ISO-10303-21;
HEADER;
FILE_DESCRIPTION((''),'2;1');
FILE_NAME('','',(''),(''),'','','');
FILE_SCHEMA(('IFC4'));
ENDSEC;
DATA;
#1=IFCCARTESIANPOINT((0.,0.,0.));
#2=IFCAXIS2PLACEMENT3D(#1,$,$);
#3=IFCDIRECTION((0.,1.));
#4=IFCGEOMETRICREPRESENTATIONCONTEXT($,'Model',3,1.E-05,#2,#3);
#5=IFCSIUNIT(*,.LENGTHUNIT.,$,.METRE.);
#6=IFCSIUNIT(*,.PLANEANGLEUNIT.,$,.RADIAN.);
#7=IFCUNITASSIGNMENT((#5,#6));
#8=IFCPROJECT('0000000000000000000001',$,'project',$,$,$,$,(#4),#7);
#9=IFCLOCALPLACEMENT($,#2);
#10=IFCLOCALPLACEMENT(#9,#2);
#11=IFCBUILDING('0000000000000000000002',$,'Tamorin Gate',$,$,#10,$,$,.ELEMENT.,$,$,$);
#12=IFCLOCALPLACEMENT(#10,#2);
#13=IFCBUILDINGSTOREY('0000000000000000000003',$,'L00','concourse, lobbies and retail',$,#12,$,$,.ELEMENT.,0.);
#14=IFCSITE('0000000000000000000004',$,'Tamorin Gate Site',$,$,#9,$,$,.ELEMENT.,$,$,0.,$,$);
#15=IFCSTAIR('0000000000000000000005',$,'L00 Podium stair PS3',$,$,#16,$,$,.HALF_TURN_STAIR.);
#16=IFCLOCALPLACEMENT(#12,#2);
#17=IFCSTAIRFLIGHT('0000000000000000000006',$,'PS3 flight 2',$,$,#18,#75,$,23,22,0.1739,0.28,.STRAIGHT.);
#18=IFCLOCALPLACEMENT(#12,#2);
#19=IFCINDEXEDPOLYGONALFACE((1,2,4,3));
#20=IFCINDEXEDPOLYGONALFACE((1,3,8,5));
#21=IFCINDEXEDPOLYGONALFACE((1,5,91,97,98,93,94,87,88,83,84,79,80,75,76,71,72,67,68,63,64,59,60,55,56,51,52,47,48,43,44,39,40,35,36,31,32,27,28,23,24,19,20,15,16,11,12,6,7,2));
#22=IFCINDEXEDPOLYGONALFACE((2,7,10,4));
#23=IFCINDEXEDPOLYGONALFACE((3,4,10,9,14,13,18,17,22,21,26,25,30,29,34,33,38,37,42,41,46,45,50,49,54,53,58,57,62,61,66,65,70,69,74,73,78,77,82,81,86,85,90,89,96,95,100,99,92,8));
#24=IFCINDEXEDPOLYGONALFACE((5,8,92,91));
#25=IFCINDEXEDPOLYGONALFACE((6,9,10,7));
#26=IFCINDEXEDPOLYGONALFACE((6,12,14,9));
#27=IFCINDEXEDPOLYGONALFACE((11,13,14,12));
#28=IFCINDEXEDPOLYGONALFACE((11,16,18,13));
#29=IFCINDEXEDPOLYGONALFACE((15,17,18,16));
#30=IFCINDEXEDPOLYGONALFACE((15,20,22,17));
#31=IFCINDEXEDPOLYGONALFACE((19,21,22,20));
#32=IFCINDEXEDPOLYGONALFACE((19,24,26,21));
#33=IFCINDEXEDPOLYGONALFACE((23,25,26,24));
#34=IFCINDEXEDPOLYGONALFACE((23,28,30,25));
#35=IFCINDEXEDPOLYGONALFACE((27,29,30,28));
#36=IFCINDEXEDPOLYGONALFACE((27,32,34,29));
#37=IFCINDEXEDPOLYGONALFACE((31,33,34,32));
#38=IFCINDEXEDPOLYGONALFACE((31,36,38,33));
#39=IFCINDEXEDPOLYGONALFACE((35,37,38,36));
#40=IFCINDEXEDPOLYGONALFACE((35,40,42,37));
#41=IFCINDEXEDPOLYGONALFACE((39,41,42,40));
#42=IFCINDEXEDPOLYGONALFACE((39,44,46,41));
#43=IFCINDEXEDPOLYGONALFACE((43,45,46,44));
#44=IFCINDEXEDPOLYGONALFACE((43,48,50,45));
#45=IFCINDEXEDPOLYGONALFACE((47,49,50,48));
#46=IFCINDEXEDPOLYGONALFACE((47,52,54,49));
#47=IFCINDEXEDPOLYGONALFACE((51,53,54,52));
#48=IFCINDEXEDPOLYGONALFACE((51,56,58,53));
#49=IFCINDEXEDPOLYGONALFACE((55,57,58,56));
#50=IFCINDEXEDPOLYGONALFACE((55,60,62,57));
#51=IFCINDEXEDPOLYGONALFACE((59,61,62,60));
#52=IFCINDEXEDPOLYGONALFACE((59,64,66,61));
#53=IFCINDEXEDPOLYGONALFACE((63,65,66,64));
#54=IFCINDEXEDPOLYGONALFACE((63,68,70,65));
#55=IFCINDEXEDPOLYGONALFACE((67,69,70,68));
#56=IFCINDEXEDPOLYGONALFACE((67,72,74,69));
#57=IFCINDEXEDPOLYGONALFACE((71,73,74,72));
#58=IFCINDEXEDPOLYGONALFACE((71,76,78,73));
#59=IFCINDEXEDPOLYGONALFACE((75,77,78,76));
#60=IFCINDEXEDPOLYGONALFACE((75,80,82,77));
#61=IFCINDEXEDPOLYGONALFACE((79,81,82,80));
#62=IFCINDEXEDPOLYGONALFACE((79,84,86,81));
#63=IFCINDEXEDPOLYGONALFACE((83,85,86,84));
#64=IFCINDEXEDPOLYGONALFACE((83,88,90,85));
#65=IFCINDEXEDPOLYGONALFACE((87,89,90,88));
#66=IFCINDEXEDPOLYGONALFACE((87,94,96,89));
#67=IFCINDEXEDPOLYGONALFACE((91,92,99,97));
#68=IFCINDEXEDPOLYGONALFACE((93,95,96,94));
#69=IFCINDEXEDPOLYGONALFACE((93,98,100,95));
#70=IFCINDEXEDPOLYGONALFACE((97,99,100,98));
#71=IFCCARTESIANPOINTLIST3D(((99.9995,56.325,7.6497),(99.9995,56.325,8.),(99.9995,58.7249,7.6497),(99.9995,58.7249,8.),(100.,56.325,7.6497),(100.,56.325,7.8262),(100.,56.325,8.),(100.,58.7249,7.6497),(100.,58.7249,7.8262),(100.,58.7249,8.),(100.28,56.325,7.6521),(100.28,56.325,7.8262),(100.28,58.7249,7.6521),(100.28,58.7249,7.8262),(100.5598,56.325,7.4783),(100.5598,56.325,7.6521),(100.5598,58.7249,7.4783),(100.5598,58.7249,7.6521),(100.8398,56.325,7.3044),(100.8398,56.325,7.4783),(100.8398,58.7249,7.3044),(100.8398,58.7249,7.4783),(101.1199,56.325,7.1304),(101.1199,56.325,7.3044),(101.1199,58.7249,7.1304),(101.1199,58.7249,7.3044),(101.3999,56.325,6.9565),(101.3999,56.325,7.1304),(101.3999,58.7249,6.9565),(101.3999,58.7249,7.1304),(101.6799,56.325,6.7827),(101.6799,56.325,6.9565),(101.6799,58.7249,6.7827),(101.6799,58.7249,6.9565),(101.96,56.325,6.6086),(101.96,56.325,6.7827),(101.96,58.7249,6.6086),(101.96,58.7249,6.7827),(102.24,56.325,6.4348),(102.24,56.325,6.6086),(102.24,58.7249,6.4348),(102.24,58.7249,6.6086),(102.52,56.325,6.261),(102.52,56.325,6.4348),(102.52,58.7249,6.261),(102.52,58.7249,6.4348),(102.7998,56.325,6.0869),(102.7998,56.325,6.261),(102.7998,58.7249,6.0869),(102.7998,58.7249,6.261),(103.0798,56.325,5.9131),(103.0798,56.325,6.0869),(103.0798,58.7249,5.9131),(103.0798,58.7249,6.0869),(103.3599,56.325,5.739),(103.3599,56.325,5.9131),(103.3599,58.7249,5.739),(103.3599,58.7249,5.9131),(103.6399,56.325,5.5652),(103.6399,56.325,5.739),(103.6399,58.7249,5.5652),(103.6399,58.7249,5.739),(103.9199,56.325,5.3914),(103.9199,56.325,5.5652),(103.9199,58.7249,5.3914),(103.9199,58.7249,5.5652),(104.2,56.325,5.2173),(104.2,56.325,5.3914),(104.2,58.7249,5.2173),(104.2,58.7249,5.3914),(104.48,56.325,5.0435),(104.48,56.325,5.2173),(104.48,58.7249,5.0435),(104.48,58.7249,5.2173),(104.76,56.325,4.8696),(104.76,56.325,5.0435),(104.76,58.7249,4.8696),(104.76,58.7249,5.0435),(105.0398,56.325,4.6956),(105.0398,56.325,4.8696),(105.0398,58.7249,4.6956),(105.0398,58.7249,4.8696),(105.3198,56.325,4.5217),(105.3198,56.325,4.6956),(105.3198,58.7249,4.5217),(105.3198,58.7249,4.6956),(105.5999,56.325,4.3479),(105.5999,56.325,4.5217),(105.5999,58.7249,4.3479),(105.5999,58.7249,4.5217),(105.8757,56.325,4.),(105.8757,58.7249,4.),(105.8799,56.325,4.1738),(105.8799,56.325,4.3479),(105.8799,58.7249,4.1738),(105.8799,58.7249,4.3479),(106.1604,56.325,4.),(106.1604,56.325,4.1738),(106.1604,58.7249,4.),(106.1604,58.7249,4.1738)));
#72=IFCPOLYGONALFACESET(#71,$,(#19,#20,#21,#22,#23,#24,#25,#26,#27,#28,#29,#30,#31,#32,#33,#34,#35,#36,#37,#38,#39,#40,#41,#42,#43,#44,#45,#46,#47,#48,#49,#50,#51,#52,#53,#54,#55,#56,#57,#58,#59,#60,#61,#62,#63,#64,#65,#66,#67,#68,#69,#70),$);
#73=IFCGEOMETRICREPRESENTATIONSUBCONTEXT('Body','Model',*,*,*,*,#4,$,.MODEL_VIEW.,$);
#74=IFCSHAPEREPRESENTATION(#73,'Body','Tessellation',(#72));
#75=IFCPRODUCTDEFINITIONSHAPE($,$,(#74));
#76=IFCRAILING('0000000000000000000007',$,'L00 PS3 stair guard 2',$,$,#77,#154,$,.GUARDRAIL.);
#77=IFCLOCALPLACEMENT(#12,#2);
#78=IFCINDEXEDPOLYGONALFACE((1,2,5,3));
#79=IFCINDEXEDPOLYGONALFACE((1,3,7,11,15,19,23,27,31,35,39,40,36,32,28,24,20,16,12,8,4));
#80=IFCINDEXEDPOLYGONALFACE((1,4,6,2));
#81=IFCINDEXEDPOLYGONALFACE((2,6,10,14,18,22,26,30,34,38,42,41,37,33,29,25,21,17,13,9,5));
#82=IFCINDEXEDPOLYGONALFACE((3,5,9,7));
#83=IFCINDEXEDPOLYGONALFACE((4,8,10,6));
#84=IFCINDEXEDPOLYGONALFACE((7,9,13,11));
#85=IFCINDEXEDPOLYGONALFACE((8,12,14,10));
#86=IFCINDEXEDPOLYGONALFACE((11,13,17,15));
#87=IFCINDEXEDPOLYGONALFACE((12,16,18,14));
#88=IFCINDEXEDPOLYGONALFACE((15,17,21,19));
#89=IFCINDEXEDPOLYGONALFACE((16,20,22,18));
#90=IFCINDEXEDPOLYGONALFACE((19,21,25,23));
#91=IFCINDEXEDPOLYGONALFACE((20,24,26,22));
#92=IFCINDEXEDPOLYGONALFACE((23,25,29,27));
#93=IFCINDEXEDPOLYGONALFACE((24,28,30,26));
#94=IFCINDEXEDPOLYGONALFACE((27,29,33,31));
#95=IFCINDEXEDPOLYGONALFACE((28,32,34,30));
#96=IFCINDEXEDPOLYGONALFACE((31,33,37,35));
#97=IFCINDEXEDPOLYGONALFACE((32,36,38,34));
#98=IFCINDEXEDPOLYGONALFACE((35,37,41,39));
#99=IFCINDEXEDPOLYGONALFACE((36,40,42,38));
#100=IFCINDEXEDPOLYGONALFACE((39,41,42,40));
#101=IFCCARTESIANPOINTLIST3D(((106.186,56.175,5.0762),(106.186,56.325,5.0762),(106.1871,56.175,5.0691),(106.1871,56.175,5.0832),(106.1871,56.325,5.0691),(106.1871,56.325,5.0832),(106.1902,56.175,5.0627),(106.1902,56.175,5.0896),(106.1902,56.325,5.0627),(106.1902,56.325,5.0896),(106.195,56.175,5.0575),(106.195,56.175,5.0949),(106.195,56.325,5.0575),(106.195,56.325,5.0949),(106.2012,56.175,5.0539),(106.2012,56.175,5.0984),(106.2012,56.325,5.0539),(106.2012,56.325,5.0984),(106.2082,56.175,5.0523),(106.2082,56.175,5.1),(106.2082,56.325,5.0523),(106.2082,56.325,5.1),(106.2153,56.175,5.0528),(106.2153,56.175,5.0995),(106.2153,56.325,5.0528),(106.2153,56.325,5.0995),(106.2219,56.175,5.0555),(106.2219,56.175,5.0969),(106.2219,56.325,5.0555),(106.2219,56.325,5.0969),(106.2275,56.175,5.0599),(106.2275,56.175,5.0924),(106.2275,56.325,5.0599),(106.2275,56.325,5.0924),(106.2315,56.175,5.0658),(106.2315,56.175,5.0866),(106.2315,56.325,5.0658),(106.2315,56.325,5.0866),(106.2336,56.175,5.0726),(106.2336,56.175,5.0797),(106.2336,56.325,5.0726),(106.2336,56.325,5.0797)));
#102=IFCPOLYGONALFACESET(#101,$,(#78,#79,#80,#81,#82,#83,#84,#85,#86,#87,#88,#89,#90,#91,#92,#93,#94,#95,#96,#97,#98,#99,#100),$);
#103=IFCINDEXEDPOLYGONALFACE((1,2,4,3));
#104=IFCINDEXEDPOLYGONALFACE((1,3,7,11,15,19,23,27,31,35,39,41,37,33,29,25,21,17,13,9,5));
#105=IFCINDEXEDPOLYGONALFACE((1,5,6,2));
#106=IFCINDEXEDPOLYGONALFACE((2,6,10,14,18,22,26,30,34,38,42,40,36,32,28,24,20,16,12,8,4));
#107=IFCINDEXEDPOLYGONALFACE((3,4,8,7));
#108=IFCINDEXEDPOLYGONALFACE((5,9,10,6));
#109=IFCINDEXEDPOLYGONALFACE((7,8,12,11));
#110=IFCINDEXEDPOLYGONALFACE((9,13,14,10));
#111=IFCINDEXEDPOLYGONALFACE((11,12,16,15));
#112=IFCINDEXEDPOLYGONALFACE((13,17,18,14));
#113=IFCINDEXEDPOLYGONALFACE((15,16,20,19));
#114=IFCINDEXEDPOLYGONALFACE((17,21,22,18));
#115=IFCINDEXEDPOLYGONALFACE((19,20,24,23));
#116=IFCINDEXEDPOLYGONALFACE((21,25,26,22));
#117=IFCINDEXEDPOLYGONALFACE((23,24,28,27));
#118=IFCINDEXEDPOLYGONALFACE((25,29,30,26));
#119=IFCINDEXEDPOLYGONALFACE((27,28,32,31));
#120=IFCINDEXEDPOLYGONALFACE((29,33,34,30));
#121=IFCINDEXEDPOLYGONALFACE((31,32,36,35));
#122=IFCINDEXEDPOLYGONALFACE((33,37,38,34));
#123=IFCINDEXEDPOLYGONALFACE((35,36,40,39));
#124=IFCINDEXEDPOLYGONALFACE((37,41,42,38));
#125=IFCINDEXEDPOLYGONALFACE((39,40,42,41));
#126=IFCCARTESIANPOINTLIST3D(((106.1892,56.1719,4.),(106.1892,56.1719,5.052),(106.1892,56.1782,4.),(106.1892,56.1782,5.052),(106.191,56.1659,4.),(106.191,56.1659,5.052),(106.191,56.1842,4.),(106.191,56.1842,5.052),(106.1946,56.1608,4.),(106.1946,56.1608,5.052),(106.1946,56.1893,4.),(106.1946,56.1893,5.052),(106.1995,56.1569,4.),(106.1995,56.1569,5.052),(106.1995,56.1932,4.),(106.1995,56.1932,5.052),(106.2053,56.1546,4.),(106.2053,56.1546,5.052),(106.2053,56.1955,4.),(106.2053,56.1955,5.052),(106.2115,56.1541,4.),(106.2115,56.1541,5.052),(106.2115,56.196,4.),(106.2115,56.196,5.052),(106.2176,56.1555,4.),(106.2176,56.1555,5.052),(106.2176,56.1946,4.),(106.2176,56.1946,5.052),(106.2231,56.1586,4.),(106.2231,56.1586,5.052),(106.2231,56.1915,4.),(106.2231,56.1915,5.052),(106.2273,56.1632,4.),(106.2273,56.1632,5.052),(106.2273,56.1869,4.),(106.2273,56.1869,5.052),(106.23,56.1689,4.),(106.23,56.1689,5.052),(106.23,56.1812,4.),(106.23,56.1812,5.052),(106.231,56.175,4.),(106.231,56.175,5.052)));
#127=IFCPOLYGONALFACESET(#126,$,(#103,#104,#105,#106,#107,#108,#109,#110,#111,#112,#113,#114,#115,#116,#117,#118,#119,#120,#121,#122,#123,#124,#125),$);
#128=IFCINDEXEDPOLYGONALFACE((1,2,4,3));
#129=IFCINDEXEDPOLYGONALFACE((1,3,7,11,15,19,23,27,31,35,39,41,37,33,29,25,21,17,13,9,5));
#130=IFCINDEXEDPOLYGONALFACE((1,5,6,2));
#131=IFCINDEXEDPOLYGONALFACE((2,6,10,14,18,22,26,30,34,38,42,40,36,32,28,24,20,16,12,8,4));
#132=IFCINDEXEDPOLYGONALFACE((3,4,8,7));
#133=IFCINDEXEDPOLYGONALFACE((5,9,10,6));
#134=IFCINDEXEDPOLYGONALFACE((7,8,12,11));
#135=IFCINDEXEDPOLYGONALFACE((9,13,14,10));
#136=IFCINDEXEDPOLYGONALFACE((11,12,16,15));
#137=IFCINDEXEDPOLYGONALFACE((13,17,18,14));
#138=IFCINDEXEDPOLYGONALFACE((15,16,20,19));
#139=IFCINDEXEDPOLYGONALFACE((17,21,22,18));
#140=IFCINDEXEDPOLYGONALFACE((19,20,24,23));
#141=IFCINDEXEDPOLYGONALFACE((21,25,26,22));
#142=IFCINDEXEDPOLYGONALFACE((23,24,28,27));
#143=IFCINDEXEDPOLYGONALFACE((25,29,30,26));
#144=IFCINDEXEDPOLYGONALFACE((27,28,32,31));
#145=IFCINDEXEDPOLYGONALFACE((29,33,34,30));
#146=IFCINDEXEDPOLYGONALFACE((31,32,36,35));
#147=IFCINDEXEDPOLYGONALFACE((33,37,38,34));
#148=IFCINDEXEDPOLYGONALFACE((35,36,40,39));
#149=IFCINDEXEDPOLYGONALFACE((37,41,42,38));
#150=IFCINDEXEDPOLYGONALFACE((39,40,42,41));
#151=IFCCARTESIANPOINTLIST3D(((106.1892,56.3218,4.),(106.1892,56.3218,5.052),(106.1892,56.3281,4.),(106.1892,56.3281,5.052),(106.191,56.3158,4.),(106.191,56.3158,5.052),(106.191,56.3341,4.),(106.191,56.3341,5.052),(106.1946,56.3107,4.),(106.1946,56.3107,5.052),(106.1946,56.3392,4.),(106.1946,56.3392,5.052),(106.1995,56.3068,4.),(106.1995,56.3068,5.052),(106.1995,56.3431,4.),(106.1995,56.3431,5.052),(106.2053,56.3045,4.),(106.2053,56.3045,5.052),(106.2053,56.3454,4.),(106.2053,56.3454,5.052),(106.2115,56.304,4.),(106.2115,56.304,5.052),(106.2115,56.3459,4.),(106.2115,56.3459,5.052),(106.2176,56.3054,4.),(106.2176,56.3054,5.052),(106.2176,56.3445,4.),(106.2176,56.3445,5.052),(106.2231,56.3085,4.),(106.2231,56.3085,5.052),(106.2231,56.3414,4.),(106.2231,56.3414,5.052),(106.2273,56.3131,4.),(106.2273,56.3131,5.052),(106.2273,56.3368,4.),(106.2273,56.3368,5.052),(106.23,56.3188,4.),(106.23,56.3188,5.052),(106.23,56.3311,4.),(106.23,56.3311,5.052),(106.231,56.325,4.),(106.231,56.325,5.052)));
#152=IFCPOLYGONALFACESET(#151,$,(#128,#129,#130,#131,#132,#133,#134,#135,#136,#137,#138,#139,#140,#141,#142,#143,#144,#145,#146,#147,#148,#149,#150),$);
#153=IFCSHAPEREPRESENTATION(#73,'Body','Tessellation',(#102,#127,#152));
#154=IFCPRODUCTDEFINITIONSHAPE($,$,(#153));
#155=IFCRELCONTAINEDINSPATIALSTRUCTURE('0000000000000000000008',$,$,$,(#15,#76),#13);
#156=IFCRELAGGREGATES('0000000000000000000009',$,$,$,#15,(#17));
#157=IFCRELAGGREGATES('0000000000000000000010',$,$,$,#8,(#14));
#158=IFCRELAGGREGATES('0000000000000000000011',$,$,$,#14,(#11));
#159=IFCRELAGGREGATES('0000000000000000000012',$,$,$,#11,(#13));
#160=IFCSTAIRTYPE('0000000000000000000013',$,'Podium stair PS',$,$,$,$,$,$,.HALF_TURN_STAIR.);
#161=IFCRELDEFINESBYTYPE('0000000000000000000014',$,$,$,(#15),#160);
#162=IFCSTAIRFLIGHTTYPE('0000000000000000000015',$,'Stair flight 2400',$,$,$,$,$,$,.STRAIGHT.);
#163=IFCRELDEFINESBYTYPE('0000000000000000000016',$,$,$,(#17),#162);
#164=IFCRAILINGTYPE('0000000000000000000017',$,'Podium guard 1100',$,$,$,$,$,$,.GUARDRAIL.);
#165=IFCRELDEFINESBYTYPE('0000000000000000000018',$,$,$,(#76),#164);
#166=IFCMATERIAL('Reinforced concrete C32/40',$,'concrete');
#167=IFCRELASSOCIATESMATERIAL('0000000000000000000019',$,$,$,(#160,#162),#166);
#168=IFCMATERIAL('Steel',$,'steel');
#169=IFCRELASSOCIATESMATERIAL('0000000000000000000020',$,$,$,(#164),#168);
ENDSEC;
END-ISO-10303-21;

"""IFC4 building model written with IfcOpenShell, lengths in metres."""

from ifc_helpers import new_model, si_unit, direction, frame, origin, origin_2d, place, context, subcontext, project, spatial, polyline, circle, outline, extrude, material, type_object, element, aggregate, save


model = new_model("IFC4")

# Units and contexts
model_context = context("Model", 3, precision=1e-05, world=origin(), true_north=direction((0.0, 1.0)))
body_context = subcontext(model_context, "Body", "Model", "MODEL_VIEW")
ifc_project = project(units=[si_unit("LENGTHUNIT", "METRE"), si_unit("PLANEANGLEUNIT", "RADIAN")], contexts=[model_context])

# Site, building, storey
site_placement = place(None, origin())
site = spatial("IfcSite", under=ifc_project, at=site_placement, Name="Tamorin Gate Site", CompositionType="ELEMENT", RefElevation=0.0)
building_placement = place(site_placement, origin())
building = spatial("IfcBuilding", under=site, at=building_placement, Name="Tamorin Gate", CompositionType="ELEMENT")
storey_placement = place(building_placement, origin())
storey = spatial("IfcBuildingStorey", under=building, at=storey_placement, Name="L00", Description="concourse, lobbies and retail", CompositionType="ELEMENT", Elevation=0.0)

# Shared definitions
ifc_material_1 = material(Name="Reinforced concrete C32/40", Category="concrete")

# Stair, stair flight
stair_type = type_object("IfcStairType", Name="Podium stair PS", PredefinedType="HALF_TURN_STAIR", material=ifc_material_1)
stair_placement = place(storey_placement, origin())
stair = element("IfcStair", 1, at=stair_placement, inside=storey, type_object=stair_type, Name="L00 Podium stair PS3", PredefinedType="HALF_TURN_STAIR")
stair_flight_type = type_object("IfcStairFlightType", Name="Stair flight 2400", PredefinedType="STRAIGHT", material=ifc_material_1)
stair_flight_1_placement = place(storey_placement, frame((106.1599, 57.5249, 4.0), z_axis=(0.0, 0.0, 1.0), x_axis=(-1.0, 0.0, 0.0)))
stair_flight_1 = element("IfcStairFlight", 2, at=stair_flight_1_placement, type_object=stair_flight_type, Name="PS3 flight 2", NumberOfRisers=23, NumberOfTreads=22, PredefinedType="STRAIGHT", RiserHeight=0.1739, TreadLength=0.28, context=body_context, shape_type="SweptSolid", body=[
    extrude(outline(polyline([(-0.0005, 0.0), (-0.0005, 0.1738), (0.28, 0.1738), (0.28, 0.3479), (0.5601, 0.3479), (0.5601, 0.5217), (0.8401, 0.5217), (0.8401, 0.6956), (1.1201, 0.6956), (1.1201, 0.8696), (1.3999, 0.8696), (1.3999, 1.0435), (1.6799, 1.0435), (1.6799, 1.2173), (1.96, 1.2173), (1.96, 1.3914), (2.24, 1.3914), (2.24, 1.5652), (2.52, 1.5652), (2.52, 1.739), (2.8, 1.739), (2.8, 1.9131), (3.0801, 1.9131), (3.0801, 2.0869), (3.3601, 2.0869), (3.3601, 2.261), (3.6399, 2.261), (3.6399, 2.4348), (3.9199, 2.4348), (3.9199, 2.6086), (4.2, 2.6086), (4.2, 2.7827), (4.48, 2.7827), (4.48, 2.9565), (4.76, 2.9565), (4.76, 3.1304), (5.04, 3.1304), (5.04, 3.3044), (5.3201, 3.3044), (5.3201, 3.4783), (5.6001, 3.4783), (5.6001, 3.6521), (5.8799, 3.6521), (5.8799, 3.8262), (6.1599, 3.8262), (6.1599, 4.0), (6.1604, 4.0), (6.1604, 3.6497), (6.1599, 3.6497), (0.2842, 0.0), (-0.0005, 0.0)])), frame((0.0, 1.2, 0.0), z_axis=(0.0, -1.0, 0.0), x_axis=(1.0, 0.0, 0.0)), (0.0, 0.0, 1.0), 2.3999),
])
aggregate(stair, [stair_flight_1])

# Railing
ifc_material_2 = material(Name="Steel", Category="steel")
railing_type_1 = type_object("IfcRailingType", Name="Podium guard 1100", PredefinedType="GUARDRAIL", material=ifc_material_2)
railing_1_placement = place(storey_placement, frame((106.21, 56.175, 4.0)))
element("IfcRailing", 3, at=railing_1_placement, inside=storey, type_object=railing_type_1, Name="L00 PS3 stair guard 2", PredefinedType="GUARDRAIL", context=body_context, shape_type="SweptSolid", body=[
    extrude(circle(Radius=0.0239, at=origin_2d()), frame((0.0, 0.0, 1.0762), z_axis=(0.0, 1.0, 0.0), x_axis=(-1.0, 0.0, 0.0)), (0.0, 0.0, 1.0), 0.1499),
    extrude(circle(Radius=0.021, at=origin_2d()), origin(), (0.0, 0.0, 1.0), 1.052),
    extrude(circle(Radius=0.021, at=origin_2d()), frame((0.0, 0.1499, 0.0)), (0.0, 0.0, 1.0), 1.052),
])

save(model, "model.ifc")
